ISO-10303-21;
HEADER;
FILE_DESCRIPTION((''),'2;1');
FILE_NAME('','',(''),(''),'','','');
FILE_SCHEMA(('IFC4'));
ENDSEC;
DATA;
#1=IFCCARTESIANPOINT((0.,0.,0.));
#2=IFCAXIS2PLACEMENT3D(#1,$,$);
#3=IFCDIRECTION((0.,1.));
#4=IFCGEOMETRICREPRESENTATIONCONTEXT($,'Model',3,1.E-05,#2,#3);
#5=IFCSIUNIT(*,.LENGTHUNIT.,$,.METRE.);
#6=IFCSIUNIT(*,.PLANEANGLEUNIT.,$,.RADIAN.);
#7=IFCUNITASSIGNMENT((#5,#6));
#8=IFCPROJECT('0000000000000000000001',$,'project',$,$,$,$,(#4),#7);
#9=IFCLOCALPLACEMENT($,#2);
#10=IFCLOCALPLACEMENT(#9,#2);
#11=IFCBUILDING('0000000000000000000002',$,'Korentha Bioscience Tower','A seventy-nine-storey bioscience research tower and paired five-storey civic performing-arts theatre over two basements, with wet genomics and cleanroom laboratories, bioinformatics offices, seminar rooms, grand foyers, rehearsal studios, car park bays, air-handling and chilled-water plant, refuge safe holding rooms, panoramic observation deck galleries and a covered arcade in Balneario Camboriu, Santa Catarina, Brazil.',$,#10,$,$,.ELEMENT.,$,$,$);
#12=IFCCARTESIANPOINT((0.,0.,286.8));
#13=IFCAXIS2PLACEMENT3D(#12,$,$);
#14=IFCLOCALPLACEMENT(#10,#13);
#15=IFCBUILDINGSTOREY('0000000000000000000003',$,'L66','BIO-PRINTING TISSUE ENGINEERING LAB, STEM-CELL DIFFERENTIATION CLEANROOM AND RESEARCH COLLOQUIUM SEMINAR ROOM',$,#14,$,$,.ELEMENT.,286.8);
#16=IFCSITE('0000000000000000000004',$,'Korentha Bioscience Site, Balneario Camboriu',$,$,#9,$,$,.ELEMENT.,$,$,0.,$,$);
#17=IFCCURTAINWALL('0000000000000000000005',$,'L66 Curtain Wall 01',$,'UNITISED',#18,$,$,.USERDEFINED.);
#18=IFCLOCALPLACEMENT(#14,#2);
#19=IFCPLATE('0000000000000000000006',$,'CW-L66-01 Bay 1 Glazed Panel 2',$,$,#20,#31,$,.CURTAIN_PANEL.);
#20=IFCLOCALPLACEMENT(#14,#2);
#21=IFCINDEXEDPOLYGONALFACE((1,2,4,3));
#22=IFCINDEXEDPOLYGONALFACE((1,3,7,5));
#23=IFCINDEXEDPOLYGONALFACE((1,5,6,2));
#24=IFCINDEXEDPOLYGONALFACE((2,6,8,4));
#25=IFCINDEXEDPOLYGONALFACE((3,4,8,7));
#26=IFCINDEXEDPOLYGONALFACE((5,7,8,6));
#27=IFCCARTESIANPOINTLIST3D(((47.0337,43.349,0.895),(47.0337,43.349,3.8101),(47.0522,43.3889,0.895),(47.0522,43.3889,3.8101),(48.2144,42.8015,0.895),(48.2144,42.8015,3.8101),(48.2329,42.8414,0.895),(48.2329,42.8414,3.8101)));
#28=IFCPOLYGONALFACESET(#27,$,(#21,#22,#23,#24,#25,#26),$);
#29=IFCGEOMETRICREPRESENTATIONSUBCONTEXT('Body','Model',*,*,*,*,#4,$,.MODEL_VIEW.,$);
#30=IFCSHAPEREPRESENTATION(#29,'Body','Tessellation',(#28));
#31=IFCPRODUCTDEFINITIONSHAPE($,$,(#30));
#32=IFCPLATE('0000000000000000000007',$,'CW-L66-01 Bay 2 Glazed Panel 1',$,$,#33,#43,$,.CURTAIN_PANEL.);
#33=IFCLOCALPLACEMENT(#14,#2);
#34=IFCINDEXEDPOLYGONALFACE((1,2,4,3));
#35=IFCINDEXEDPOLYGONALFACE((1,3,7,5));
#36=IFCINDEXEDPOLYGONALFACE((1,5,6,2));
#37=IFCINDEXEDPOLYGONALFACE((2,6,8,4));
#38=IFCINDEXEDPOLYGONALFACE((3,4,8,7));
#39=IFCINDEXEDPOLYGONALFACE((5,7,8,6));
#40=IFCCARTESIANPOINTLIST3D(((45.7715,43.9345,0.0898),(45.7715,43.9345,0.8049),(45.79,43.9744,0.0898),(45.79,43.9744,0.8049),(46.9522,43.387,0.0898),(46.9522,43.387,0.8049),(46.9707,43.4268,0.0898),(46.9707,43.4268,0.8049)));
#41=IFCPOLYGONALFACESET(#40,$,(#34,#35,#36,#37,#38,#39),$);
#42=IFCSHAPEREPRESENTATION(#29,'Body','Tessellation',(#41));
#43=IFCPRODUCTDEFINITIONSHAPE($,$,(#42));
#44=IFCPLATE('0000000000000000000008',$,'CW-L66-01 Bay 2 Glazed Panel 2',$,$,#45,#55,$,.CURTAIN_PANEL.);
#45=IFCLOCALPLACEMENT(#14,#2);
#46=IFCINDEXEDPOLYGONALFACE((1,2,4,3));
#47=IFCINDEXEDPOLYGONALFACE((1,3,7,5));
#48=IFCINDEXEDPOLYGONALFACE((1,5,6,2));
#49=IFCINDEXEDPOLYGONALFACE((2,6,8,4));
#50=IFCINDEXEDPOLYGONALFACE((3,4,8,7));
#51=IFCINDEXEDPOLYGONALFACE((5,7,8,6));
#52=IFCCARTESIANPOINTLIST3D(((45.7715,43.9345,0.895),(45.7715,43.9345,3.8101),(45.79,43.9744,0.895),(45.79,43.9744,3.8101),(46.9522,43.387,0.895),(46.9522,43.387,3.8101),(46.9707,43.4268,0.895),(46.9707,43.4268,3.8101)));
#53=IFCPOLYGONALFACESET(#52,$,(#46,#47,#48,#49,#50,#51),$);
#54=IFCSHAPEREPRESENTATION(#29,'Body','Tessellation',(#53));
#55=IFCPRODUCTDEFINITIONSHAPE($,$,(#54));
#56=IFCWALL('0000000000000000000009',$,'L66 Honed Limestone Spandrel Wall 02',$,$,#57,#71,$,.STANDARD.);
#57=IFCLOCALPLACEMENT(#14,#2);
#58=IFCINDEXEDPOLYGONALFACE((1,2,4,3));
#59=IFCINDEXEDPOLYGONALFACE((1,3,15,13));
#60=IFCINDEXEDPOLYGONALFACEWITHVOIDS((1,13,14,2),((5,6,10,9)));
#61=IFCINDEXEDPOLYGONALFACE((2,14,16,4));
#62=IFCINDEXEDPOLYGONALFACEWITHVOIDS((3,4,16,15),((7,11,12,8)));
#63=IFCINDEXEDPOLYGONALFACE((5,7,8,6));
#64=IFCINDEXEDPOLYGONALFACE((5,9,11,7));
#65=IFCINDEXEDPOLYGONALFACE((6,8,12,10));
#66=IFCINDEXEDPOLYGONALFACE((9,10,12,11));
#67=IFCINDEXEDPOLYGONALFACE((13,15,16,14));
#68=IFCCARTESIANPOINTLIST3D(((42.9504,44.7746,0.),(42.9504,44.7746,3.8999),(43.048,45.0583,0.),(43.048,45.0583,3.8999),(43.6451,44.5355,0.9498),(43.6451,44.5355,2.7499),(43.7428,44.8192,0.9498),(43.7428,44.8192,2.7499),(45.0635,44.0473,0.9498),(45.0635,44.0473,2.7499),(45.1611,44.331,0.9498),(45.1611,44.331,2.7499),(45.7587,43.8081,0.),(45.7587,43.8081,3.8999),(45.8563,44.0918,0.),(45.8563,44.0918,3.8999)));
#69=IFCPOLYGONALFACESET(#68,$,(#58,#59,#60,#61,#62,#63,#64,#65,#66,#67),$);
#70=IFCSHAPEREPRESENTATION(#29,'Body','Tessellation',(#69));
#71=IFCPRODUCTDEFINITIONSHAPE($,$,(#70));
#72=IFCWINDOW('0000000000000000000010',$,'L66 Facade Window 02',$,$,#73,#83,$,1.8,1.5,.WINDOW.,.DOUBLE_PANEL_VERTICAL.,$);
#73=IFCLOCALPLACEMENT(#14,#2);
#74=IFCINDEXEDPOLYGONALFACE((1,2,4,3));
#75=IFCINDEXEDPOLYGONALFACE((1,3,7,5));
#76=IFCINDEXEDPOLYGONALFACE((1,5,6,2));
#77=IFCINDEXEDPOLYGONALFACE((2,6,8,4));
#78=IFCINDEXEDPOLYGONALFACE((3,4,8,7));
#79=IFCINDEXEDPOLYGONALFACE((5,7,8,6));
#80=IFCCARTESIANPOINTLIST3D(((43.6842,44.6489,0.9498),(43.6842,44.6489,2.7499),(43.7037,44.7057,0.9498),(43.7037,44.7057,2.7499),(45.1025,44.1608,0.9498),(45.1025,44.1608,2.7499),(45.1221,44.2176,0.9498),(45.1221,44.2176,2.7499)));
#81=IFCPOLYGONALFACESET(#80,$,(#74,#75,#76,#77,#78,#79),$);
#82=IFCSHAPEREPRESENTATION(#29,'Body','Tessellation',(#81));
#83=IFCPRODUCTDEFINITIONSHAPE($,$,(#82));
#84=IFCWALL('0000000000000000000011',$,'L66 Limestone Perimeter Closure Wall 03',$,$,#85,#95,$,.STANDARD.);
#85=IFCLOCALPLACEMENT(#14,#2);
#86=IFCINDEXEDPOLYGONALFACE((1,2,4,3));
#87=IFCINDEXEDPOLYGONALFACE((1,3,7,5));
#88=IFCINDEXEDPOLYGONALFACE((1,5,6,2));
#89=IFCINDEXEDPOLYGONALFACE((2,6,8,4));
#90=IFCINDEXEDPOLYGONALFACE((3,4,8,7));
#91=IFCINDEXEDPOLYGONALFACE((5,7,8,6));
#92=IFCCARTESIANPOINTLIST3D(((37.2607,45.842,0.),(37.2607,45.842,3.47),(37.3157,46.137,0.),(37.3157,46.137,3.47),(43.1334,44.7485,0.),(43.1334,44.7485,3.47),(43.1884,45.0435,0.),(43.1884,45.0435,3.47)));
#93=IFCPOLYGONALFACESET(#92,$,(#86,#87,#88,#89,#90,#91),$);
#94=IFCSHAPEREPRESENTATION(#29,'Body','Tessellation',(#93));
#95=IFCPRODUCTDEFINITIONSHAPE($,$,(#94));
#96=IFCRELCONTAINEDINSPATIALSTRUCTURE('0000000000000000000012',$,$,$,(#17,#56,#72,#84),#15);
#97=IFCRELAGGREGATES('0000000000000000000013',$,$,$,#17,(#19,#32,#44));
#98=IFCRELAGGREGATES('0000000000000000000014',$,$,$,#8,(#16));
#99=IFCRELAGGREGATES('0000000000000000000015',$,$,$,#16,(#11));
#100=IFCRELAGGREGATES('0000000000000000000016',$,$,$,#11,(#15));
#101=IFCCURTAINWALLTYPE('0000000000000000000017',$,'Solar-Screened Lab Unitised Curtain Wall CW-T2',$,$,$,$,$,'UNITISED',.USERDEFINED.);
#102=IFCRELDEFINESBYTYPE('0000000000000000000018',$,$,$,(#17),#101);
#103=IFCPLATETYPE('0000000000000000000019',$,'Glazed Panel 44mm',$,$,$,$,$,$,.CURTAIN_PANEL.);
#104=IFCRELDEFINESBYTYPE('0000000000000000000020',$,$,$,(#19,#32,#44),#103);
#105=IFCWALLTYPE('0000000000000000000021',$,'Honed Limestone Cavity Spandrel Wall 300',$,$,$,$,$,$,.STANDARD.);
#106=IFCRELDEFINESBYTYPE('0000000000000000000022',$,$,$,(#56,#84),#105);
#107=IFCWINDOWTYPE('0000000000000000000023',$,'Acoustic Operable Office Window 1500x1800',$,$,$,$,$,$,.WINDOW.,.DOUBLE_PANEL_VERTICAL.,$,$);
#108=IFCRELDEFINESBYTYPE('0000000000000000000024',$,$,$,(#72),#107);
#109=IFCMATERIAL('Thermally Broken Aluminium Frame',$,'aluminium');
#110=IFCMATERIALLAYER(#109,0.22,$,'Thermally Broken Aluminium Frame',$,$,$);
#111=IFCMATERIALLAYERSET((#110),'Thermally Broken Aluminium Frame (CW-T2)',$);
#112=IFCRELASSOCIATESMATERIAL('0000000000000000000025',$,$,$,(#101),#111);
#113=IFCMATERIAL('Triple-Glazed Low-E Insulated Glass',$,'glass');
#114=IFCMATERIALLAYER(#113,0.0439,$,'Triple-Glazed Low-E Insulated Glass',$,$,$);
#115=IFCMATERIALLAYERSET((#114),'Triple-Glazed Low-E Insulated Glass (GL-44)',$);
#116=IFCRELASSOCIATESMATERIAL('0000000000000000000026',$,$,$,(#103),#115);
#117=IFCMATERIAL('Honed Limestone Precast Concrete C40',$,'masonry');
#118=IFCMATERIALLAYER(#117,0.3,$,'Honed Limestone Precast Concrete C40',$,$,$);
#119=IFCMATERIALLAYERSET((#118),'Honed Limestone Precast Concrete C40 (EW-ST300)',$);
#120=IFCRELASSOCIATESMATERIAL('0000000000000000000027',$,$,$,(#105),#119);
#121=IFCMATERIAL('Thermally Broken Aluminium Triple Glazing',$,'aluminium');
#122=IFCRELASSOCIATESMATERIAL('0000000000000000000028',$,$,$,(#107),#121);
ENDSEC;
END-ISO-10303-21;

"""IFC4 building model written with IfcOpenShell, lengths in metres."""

from ifc_helpers import new_model, si_unit, direction, frame, frame_2d, origin, origin_2d, place, context, subcontext, project, spatial, rectangle, extrude, material, layer, layer_set, type_object, element, fill, aggregate, save


model = new_model("IFC4")

# Units and contexts
model_context = context("Model", 3, precision=1e-05, world=origin(), true_north=direction((0.0, 1.0)))
body_context = subcontext(model_context, "Body", "Model", "MODEL_VIEW")
ifc_project = project(units=[si_unit("LENGTHUNIT", "METRE"), si_unit("PLANEANGLEUNIT", "RADIAN")], contexts=[model_context])

# Site, building, storey
site_placement = place(None, origin())
site = spatial("IfcSite", under=ifc_project, at=site_placement, Name="Korentha Bioscience Site, Balneario Camboriu", CompositionType="ELEMENT", RefElevation=0.0)
building_placement = place(site_placement, origin())
building = spatial("IfcBuilding", under=site, at=building_placement, Name="Korentha Bioscience Tower", Description="A seventy-nine-storey bioscience research tower and paired five-storey civic performing-arts theatre over two basements, with wet genomics and cleanroom laboratories, bioinformatics offices, seminar rooms, grand foyers, rehearsal studios, car park bays, air-handling and chilled-water plant, refuge safe holding rooms, panoramic observation deck galleries and a covered arcade in Balneario Camboriu, Santa Catarina, Brazil.", CompositionType="ELEMENT")
storey_placement = place(building_placement, frame((0.0, 0.0, 286.8)))
storey = spatial("IfcBuildingStorey", under=building, at=storey_placement, Name="L66", Description="BIO-PRINTING TISSUE ENGINEERING LAB, STEM-CELL DIFFERENTIATION CLEANROOM AND RESEARCH COLLOQUIUM SEMINAR ROOM", CompositionType="ELEMENT", Elevation=286.8)

# Curtain wall
ifc_material_1 = material(Name="Thermally Broken Aluminium Frame", Category="aluminium")
ifc_layer_1 = layer(ifc_material_1, 0.22, Name="Thermally Broken Aluminium Frame")
ifc_layer_set_1 = layer_set([ifc_layer_1], Name="Thermally Broken Aluminium Frame (CW-T2)")
curtain_wall_type = type_object("IfcCurtainWallType", Name="Solar-Screened Lab Unitised Curtain Wall CW-T2", ElementType="UNITISED", PredefinedType="USERDEFINED", material=ifc_layer_set_1)
curtain_wall_placement = place(storey_placement, origin())
curtain_wall = element("IfcCurtainWall", 1, at=curtain_wall_placement, inside=storey, type_object=curtain_wall_type, Name="L66 Curtain Wall 01", ObjectType="UNITISED", PredefinedType="USERDEFINED")

# Plates
ifc_material_2 = material(Name="Triple-Glazed Low-E Insulated Glass", Category="glass")
ifc_layer_2 = layer(ifc_material_2, 0.0439, Name="Triple-Glazed Low-E Insulated Glass")
ifc_layer_set_2 = layer_set([ifc_layer_2], Name="Triple-Glazed Low-E Insulated Glass (GL-44)")
plate_type = type_object("IfcPlateType", Name="Glazed Panel 44mm", PredefinedType="CURTAIN_PANEL", material=ifc_layer_set_2)
plate_1_placement = place(storey_placement, frame((47.6333, 43.0952, 0.895), z_axis=(0.0, 0.0, 1.0), x_axis=(-0.907204, 0.420691, 0.0)))
plate_1 = element("IfcPlate", 2, at=plate_1_placement, type_object=plate_type, Name="CW-L66-01 Bay 1 Glazed Panel 2", PredefinedType="CURTAIN_PANEL", context=body_context, shape_type="SweptSolid", body=[
    extrude(rectangle(XDim=1.3015, YDim=0.0439, at=origin_2d()), origin(), (0.0, 0.0, 1.0), 2.915),
])
plate_2_placement = place(storey_placement, frame((46.3711, 43.6807, 0.0898), z_axis=(0.0, 0.0, 1.0), x_axis=(-0.907204, 0.420691, 0.0)))
plate_2 = element("IfcPlate", 3, at=plate_2_placement, type_object=plate_type, Name="CW-L66-01 Bay 2 Glazed Panel 1", PredefinedType="CURTAIN_PANEL", context=body_context, shape_type="SweptSolid", body=[
    extrude(rectangle(XDim=1.3015, YDim=0.0439, at=origin_2d()), origin(), (0.0, 0.0, 1.0), 0.7151),
])
plate_3_placement = place(storey_placement, frame((46.3711, 43.6807, 0.895), z_axis=(0.0, 0.0, 1.0), x_axis=(-0.907204, 0.420691, 0.0)))
plate_3 = element("IfcPlate", 4, at=plate_3_placement, type_object=plate_type, Name="CW-L66-01 Bay 2 Glazed Panel 2", PredefinedType="CURTAIN_PANEL", context=body_context, shape_type="SweptSolid", body=[
    extrude(rectangle(XDim=1.3015, YDim=0.0439, at=origin_2d()), origin(), (0.0, 0.0, 1.0), 2.915),
])
aggregate(curtain_wall, [plate_1, plate_2, plate_3])

# Wall, opening, window
ifc_material_3 = material(Name="Honed Limestone Precast Concrete C40", Category="masonry")
ifc_layer_3 = layer(ifc_material_3, 0.3, Name="Honed Limestone Precast Concrete C40")
ifc_layer_set_3 = layer_set([ifc_layer_3], Name="Honed Limestone Precast Concrete C40 (EW-ST300)")
wall_type = type_object("IfcWallType", Name="Honed Limestone Cavity Spandrel Wall 300", PredefinedType="STANDARD", material=ifc_layer_set_3)
wall_1_placement = place(storey_placement, frame((45.8074, 43.95, 0.0), z_axis=(0.0, 0.0, 1.0), x_axis=(-0.945564, 0.325436, 0.0)))
wall_1 = element("IfcWall", 5, at=wall_1_placement, inside=storey, type_object=wall_type, Name="L66 Honed Limestone Spandrel Wall 02", PredefinedType="STANDARD", context=body_context, shape_type="SweptSolid", body=[
    extrude(rectangle(XDim=2.97, YDim=0.3, at=frame_2d((1.4849, 0.0))), origin(), (0.0, 0.0, 1.0), 3.8999),
])
opening_placement = place(wall_1_placement, frame((0.7351, 0.0, 0.95)))
opening = element("IfcOpeningElement", 6, at=opening_placement, cuts=wall_1, PredefinedType="OPENING", context=body_context, shape_type="SweptSolid", body=[
    extrude(rectangle(XDim=1.5, YDim=1.8, at=frame_2d((0.75, 0.8999))), frame((0.0, 0.165, 0.0), z_axis=(0.0, -1.0, 0.0), x_axis=(1.0, 0.0, 0.0)), (0.0, 0.0, 1.0), 0.3298),
])
ifc_material_4 = material(Name="Thermally Broken Aluminium Triple Glazing", Category="aluminium")
window_type = type_object("IfcWindowType", Name="Acoustic Operable Office Window 1500x1800", PartitioningType="DOUBLE_PANEL_VERTICAL", PredefinedType="WINDOW", material=ifc_material_4)
window_placement = place(opening_placement, origin())
window = element("IfcWindow", 7, at=window_placement, inside=storey, type_object=window_type, Name="L66 Facade Window 02", OverallHeight=1.8, OverallWidth=1.5, PartitioningType="DOUBLE_PANEL_VERTICAL", PredefinedType="WINDOW", context=body_context, shape_type="SweptSolid", body=[
    extrude(rectangle(XDim=1.5, YDim=1.8, at=frame_2d((0.75, 0.8999))), frame((0.0, 0.03, 0.0), z_axis=(0.0, -1.0, 0.0), x_axis=(1.0, 0.0, 0.0)), (0.0, 0.0, 1.0), 0.0601),
])
fill(opening, window)

# Wall
wall_2_placement = place(storey_placement, frame((43.1609, 44.896, 0.0), z_axis=(0.0, 0.0, 1.0), x_axis=(-0.983103, 0.183052, 0.0)))
element("IfcWall", 8, at=wall_2_placement, inside=storey, type_object=wall_type, Name="L66 Limestone Perimeter Closure Wall 03", PredefinedType="STANDARD", context=body_context, shape_type="SweptSolid", body=[
    extrude(rectangle(XDim=5.9736, YDim=0.3, at=frame_2d((2.9868, 0.0))), origin(), (0.0, 0.0, 1.0), 3.47),
])

save(model, "model.ifc")
